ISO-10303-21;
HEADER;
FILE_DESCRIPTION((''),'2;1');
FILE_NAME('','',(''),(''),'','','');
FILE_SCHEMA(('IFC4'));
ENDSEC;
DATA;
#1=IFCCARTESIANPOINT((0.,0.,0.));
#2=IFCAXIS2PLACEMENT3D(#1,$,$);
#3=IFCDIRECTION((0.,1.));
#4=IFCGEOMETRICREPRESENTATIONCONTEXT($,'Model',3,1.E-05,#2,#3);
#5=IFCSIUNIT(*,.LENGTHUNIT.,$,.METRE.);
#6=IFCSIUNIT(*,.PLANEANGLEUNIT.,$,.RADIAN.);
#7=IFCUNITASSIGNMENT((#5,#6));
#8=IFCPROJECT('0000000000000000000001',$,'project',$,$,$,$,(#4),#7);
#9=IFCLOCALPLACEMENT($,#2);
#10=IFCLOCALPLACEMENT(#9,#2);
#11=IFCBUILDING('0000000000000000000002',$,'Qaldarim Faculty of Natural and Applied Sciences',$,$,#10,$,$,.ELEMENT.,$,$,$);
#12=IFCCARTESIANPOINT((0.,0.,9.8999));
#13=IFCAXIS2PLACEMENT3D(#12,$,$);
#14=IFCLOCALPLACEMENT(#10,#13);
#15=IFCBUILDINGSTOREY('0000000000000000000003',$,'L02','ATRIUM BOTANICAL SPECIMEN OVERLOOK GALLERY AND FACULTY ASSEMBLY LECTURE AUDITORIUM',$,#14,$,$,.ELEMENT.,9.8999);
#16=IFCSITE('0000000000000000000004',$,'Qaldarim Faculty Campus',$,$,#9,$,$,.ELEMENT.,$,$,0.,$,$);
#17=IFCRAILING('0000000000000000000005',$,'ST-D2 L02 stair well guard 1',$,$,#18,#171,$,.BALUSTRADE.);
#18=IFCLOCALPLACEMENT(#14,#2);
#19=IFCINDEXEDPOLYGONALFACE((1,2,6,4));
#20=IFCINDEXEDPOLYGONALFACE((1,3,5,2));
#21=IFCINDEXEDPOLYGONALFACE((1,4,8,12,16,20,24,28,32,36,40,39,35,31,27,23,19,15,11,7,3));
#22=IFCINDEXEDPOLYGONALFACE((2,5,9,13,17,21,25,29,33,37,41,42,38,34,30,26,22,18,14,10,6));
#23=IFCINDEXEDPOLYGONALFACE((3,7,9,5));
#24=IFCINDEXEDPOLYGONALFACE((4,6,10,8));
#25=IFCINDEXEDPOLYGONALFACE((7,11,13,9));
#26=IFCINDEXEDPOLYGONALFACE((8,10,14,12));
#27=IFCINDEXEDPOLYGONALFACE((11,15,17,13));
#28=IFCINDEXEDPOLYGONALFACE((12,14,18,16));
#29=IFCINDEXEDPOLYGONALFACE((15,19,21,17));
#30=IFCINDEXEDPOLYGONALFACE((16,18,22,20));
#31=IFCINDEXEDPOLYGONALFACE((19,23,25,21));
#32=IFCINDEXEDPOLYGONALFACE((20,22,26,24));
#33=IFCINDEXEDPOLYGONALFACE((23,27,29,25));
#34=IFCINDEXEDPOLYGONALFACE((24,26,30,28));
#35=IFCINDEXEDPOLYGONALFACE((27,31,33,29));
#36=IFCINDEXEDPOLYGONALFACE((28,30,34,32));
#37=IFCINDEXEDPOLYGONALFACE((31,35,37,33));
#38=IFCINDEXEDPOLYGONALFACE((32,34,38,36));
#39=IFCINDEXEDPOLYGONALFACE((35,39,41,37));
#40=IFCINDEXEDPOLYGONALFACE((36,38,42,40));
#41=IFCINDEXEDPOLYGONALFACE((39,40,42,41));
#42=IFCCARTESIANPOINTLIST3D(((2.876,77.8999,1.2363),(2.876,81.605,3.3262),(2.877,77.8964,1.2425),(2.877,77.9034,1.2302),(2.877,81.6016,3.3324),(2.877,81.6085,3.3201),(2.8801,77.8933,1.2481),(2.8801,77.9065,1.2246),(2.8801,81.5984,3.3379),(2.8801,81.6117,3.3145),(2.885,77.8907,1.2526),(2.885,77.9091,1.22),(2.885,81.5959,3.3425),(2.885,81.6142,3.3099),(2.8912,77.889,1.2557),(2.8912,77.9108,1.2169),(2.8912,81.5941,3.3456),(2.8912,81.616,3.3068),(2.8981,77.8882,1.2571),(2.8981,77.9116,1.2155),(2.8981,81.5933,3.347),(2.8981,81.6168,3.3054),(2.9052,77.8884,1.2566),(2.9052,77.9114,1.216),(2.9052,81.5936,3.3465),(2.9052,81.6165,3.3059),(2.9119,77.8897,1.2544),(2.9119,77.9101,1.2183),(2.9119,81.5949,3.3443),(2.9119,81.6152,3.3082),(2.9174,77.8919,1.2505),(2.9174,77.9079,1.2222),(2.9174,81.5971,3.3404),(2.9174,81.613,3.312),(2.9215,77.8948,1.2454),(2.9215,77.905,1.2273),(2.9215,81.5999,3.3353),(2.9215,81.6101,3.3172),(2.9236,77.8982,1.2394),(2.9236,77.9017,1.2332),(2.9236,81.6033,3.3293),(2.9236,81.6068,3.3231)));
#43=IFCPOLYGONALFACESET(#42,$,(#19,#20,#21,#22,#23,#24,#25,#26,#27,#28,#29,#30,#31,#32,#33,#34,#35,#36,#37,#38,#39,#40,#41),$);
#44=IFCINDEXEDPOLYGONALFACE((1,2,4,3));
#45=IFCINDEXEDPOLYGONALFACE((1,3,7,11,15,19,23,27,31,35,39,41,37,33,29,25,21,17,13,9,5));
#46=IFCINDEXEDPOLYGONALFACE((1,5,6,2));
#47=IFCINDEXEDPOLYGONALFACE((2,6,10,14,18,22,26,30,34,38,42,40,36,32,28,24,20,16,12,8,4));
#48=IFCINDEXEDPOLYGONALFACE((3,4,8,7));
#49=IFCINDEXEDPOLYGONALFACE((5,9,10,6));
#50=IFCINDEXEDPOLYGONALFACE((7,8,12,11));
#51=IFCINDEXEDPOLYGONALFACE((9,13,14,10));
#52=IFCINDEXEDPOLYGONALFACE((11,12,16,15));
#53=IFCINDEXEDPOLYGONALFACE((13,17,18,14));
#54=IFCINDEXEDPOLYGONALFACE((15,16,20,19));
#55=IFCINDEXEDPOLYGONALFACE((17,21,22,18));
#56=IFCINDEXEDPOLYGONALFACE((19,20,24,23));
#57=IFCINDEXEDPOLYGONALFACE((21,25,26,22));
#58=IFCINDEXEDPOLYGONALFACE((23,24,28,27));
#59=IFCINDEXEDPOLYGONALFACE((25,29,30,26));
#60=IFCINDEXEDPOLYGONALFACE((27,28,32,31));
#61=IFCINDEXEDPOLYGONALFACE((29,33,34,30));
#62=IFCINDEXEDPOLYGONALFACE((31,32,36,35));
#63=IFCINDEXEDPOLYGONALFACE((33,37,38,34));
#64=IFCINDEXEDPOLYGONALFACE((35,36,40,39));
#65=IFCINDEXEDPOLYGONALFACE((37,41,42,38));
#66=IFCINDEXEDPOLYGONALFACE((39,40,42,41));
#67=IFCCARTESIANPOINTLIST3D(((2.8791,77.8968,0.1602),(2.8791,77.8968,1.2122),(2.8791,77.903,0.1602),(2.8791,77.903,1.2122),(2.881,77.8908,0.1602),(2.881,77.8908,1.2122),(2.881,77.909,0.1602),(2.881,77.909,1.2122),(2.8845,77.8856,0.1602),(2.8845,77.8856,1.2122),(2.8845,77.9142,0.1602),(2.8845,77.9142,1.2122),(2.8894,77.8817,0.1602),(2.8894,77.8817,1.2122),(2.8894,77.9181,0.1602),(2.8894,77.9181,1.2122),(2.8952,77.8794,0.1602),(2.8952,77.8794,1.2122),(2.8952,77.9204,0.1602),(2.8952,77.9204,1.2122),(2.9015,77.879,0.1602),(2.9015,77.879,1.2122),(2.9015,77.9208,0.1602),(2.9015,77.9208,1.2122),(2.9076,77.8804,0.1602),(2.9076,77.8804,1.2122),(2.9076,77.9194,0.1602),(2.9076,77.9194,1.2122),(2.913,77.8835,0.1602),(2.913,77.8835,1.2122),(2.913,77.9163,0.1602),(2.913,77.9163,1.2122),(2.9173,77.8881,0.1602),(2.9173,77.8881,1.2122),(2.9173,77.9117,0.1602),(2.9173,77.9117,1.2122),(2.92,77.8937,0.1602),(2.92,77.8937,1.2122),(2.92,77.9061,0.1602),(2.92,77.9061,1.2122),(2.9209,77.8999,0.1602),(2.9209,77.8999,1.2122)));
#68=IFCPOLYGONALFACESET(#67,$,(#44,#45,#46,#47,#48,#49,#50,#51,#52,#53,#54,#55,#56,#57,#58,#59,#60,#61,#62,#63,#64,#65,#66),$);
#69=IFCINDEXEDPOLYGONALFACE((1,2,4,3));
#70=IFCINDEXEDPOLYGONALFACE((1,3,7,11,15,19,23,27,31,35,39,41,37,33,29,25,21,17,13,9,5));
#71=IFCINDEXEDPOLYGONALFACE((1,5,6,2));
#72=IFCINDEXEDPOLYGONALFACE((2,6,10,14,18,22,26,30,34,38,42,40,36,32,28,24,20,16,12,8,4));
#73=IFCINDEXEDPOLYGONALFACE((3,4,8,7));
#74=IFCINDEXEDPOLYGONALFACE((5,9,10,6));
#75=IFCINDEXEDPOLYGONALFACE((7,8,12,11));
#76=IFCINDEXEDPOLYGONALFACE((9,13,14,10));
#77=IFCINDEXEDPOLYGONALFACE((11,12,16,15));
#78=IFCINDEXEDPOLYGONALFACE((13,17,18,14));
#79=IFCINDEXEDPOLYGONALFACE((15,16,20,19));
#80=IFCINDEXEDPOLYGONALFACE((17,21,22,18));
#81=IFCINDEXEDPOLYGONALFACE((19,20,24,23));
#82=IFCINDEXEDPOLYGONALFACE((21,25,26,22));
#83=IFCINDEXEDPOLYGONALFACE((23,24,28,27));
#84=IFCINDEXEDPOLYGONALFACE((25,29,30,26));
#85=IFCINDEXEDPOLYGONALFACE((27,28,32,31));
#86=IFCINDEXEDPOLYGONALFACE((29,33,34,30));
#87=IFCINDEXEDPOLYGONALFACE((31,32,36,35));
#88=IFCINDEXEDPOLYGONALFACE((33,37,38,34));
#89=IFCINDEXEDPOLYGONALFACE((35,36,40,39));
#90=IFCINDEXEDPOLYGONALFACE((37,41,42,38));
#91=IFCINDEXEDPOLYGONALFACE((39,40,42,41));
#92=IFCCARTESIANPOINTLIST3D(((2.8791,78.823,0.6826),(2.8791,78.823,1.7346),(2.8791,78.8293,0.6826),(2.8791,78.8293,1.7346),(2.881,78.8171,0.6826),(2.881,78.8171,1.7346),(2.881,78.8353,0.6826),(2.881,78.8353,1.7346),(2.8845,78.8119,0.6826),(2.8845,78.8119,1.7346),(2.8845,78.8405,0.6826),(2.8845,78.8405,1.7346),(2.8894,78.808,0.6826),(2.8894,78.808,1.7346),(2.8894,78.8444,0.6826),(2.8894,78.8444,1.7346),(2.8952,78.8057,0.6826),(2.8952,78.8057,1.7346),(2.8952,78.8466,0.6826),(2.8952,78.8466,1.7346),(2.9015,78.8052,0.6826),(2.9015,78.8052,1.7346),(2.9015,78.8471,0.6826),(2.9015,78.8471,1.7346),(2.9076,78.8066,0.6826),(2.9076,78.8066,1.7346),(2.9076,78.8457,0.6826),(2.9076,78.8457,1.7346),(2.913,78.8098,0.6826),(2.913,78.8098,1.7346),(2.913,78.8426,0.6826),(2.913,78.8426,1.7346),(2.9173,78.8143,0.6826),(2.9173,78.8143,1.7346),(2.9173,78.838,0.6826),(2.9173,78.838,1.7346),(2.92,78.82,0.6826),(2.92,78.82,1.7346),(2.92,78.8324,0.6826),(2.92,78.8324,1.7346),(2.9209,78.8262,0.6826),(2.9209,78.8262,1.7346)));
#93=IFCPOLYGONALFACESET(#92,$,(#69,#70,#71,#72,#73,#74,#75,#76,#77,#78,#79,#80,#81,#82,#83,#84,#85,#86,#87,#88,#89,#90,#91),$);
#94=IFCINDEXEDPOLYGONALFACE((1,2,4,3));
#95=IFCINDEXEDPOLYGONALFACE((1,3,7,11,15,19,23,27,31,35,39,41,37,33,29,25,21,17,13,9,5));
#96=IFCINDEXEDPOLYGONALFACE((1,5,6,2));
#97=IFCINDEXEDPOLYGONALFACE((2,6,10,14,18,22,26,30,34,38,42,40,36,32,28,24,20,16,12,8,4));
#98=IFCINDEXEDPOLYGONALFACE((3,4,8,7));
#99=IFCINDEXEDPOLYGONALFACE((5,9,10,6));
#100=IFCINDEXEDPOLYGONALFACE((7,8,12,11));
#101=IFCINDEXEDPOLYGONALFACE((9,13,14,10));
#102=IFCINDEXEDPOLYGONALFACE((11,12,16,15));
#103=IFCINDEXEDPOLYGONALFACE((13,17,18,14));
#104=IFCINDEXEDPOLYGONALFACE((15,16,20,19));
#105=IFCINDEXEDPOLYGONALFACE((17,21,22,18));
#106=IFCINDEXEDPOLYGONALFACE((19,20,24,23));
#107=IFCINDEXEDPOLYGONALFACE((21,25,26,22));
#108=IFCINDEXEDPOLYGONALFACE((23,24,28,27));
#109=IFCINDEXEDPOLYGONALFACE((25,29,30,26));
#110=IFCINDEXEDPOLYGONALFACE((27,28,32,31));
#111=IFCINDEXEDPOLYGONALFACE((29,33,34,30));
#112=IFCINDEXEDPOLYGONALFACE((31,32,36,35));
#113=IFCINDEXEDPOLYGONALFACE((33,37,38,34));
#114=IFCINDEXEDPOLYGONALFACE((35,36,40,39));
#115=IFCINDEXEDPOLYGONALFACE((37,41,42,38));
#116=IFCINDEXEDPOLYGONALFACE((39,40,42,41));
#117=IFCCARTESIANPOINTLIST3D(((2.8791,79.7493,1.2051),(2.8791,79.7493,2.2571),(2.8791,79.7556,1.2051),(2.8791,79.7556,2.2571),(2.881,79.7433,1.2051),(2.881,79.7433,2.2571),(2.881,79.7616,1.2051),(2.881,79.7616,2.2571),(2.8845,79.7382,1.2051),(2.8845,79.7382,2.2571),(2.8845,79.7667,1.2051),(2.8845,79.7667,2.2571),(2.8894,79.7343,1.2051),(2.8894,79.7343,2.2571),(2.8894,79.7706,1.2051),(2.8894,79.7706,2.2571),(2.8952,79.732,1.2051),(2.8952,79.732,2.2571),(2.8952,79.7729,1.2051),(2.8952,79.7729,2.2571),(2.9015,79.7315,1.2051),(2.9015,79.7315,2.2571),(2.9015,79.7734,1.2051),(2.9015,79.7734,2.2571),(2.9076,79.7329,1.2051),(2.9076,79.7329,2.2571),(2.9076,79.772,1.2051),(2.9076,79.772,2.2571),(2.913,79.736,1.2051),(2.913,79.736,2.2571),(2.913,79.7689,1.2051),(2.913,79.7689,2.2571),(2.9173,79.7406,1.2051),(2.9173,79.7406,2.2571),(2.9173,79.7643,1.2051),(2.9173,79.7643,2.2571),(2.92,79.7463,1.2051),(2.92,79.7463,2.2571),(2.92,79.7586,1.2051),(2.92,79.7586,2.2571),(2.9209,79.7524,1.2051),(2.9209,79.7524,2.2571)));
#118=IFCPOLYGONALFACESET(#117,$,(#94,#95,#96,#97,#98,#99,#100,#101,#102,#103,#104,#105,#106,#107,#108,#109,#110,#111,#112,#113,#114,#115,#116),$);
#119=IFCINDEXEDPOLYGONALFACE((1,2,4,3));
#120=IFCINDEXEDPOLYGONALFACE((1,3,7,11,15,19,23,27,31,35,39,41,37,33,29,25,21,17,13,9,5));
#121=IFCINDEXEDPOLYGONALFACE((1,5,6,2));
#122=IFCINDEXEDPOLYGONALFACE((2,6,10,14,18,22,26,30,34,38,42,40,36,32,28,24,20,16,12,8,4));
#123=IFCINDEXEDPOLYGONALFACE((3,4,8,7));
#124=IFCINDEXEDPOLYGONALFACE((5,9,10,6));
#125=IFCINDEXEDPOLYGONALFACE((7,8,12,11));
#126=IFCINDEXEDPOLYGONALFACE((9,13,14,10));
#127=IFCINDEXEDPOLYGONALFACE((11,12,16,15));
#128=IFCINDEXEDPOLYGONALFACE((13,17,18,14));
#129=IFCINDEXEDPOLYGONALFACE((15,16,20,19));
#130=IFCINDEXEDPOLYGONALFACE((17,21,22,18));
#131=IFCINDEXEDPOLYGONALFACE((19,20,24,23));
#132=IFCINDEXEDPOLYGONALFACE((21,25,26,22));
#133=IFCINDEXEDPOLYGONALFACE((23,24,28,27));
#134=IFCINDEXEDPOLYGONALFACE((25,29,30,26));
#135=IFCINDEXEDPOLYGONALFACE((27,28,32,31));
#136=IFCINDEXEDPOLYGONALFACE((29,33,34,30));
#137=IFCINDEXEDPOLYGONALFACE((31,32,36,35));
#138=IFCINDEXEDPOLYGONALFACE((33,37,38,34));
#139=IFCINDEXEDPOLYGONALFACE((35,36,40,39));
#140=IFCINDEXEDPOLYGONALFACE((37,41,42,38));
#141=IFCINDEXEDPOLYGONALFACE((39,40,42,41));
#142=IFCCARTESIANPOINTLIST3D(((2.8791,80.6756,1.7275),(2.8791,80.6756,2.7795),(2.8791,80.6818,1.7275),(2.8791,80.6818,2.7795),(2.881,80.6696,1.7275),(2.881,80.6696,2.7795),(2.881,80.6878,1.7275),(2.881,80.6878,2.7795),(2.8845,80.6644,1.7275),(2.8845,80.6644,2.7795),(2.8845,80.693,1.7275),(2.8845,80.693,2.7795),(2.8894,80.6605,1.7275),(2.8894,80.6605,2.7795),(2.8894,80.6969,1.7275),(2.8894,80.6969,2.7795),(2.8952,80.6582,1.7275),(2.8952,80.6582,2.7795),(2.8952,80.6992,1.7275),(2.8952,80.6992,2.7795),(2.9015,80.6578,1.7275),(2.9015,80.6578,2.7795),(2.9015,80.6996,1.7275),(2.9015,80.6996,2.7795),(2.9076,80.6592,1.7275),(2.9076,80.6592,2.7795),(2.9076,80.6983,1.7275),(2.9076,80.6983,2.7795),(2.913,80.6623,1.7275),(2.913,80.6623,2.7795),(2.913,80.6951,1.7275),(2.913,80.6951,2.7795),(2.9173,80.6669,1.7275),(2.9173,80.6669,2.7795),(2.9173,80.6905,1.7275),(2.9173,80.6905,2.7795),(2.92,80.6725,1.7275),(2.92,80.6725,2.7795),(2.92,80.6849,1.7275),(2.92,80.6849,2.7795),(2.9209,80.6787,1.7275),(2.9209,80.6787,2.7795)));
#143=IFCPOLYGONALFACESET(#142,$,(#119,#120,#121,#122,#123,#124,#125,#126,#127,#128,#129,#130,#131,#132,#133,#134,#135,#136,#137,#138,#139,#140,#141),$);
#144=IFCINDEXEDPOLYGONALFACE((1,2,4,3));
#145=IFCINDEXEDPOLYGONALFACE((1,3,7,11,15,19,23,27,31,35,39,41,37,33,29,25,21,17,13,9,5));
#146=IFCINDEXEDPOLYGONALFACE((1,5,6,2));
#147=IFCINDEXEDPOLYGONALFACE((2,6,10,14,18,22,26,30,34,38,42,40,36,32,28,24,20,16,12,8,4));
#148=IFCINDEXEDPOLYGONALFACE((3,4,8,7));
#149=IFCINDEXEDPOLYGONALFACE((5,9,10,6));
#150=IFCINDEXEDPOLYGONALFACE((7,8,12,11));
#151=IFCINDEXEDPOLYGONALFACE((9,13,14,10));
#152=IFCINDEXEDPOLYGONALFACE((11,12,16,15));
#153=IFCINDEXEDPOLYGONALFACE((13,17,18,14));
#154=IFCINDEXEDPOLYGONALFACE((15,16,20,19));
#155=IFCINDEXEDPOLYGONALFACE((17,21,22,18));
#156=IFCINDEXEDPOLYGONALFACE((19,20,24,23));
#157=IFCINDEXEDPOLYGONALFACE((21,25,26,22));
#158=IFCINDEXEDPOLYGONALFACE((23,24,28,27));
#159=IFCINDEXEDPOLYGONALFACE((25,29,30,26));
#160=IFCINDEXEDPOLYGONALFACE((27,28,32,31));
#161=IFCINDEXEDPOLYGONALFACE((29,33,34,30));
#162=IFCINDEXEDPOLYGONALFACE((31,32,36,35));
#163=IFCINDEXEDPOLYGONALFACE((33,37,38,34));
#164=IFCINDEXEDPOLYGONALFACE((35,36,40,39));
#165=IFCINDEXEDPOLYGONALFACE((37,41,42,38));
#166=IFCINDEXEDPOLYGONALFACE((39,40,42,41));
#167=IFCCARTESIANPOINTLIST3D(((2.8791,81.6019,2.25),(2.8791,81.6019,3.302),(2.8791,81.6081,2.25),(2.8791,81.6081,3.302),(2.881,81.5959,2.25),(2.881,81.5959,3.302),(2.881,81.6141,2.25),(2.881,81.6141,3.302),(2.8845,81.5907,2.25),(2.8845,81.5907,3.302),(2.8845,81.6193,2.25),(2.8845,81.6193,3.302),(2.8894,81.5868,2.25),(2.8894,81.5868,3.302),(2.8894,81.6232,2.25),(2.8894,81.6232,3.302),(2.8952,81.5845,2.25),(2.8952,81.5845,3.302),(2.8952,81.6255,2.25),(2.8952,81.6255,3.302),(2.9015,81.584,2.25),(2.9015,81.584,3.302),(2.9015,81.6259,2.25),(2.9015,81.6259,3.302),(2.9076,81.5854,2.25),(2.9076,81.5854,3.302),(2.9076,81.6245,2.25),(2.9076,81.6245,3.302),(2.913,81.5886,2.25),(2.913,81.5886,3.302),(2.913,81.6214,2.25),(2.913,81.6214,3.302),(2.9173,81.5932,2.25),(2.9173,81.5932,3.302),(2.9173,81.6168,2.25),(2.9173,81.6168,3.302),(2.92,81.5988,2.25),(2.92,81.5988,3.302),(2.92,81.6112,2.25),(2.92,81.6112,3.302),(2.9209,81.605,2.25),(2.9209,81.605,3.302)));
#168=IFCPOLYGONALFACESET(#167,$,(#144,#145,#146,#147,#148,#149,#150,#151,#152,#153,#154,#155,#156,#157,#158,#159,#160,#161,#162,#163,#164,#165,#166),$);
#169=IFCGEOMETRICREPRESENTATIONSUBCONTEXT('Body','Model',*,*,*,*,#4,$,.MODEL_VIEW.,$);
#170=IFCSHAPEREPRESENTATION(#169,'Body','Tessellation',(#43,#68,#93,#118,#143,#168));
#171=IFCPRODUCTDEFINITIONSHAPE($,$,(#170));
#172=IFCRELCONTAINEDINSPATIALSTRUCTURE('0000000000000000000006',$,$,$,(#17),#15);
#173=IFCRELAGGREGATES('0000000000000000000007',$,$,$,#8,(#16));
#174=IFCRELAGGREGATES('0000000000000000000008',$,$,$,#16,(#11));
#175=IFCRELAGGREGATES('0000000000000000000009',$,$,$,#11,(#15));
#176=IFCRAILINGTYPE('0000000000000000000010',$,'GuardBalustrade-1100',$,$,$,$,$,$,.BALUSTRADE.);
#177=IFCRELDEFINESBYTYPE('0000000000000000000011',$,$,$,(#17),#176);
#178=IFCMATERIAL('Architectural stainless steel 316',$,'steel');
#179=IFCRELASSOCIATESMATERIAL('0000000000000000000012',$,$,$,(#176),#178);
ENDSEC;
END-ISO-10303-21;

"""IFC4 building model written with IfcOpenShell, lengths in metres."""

from ifc_helpers import new_model, si_unit, direction, frame, origin, origin_2d, place, context, subcontext, project, spatial, circle, extrude, material, type_object, element, save


model = new_model("IFC4")

# Units and contexts
model_context = context("Model", 3, precision=1e-05, world=origin(), true_north=direction((0.0, 1.0)))
body_context = subcontext(model_context, "Body", "Model", "MODEL_VIEW")
ifc_project = project(units=[si_unit("LENGTHUNIT", "METRE"), si_unit("PLANEANGLEUNIT", "RADIAN")], contexts=[model_context])

# Site, building, storey
site_placement = place(None, origin())
site = spatial("IfcSite", under=ifc_project, at=site_placement, Name="Qaldarim Faculty Campus", CompositionType="ELEMENT", RefElevation=0.0)
building_placement = place(site_placement, origin())
building = spatial("IfcBuilding", under=site, at=building_placement, Name="Qaldarim Faculty of Natural and Applied Sciences", CompositionType="ELEMENT")
storey_placement = place(building_placement, frame((0.0, 0.0, 9.8999)))
storey = spatial("IfcBuildingStorey", under=building, at=storey_placement, Name="L02", Description="ATRIUM BOTANICAL SPECIMEN OVERLOOK GALLERY AND FACULTY ASSEMBLY LECTURE AUDITORIUM", CompositionType="ELEMENT", Elevation=9.8999)

# Shared definitions
ifc_material_1 = material(Name="Architectural stainless steel 316", Category="steel")

# Railing
railing_type_1 = type_object("IfcRailingType", Name="GuardBalustrade-1100", PredefinedType="BALUSTRADE", material=ifc_material_1)
railing_1_placement = place(storey_placement, frame((2.8999, 77.8999, 0.1602)))
element("IfcRailing", 1, at=railing_1_placement, inside=storey, type_object=railing_type_1, Name="ST-D2 L02 stair well guard 1", PredefinedType="BALUSTRADE", context=body_context, shape_type="SweptSolid", body=[
    extrude(circle(Radius=0.0239, at=origin_2d()), frame((0.0, 0.0, 1.0762), z_axis=(0.0, 0.870999, 0.491285), x_axis=(-1.0, 0.0, 0.0)), (0.0, 0.0, 1.0), 4.2539),
    extrude(circle(Radius=0.021, at=origin_2d()), origin(), (0.0, 0.0, 1.0), 1.052),
    extrude(circle(Radius=0.021, at=origin_2d()), frame((0.0, 0.9263, 0.5225)), (0.0, 0.0, 1.0), 1.052),
    extrude(circle(Radius=0.021, at=origin_2d()), frame((0.0, 1.8525, 1.0449)), (0.0, 0.0, 1.0), 1.052),
    extrude(circle(Radius=0.021, at=origin_2d()), frame((0.0, 2.7788, 1.5674)), (0.0, 0.0, 1.0), 1.052),
    extrude(circle(Radius=0.021, at=origin_2d()), frame((0.0, 3.7051, 2.0898)), (0.0, 0.0, 1.0), 1.052),
])

save(model, "model.ifc")
